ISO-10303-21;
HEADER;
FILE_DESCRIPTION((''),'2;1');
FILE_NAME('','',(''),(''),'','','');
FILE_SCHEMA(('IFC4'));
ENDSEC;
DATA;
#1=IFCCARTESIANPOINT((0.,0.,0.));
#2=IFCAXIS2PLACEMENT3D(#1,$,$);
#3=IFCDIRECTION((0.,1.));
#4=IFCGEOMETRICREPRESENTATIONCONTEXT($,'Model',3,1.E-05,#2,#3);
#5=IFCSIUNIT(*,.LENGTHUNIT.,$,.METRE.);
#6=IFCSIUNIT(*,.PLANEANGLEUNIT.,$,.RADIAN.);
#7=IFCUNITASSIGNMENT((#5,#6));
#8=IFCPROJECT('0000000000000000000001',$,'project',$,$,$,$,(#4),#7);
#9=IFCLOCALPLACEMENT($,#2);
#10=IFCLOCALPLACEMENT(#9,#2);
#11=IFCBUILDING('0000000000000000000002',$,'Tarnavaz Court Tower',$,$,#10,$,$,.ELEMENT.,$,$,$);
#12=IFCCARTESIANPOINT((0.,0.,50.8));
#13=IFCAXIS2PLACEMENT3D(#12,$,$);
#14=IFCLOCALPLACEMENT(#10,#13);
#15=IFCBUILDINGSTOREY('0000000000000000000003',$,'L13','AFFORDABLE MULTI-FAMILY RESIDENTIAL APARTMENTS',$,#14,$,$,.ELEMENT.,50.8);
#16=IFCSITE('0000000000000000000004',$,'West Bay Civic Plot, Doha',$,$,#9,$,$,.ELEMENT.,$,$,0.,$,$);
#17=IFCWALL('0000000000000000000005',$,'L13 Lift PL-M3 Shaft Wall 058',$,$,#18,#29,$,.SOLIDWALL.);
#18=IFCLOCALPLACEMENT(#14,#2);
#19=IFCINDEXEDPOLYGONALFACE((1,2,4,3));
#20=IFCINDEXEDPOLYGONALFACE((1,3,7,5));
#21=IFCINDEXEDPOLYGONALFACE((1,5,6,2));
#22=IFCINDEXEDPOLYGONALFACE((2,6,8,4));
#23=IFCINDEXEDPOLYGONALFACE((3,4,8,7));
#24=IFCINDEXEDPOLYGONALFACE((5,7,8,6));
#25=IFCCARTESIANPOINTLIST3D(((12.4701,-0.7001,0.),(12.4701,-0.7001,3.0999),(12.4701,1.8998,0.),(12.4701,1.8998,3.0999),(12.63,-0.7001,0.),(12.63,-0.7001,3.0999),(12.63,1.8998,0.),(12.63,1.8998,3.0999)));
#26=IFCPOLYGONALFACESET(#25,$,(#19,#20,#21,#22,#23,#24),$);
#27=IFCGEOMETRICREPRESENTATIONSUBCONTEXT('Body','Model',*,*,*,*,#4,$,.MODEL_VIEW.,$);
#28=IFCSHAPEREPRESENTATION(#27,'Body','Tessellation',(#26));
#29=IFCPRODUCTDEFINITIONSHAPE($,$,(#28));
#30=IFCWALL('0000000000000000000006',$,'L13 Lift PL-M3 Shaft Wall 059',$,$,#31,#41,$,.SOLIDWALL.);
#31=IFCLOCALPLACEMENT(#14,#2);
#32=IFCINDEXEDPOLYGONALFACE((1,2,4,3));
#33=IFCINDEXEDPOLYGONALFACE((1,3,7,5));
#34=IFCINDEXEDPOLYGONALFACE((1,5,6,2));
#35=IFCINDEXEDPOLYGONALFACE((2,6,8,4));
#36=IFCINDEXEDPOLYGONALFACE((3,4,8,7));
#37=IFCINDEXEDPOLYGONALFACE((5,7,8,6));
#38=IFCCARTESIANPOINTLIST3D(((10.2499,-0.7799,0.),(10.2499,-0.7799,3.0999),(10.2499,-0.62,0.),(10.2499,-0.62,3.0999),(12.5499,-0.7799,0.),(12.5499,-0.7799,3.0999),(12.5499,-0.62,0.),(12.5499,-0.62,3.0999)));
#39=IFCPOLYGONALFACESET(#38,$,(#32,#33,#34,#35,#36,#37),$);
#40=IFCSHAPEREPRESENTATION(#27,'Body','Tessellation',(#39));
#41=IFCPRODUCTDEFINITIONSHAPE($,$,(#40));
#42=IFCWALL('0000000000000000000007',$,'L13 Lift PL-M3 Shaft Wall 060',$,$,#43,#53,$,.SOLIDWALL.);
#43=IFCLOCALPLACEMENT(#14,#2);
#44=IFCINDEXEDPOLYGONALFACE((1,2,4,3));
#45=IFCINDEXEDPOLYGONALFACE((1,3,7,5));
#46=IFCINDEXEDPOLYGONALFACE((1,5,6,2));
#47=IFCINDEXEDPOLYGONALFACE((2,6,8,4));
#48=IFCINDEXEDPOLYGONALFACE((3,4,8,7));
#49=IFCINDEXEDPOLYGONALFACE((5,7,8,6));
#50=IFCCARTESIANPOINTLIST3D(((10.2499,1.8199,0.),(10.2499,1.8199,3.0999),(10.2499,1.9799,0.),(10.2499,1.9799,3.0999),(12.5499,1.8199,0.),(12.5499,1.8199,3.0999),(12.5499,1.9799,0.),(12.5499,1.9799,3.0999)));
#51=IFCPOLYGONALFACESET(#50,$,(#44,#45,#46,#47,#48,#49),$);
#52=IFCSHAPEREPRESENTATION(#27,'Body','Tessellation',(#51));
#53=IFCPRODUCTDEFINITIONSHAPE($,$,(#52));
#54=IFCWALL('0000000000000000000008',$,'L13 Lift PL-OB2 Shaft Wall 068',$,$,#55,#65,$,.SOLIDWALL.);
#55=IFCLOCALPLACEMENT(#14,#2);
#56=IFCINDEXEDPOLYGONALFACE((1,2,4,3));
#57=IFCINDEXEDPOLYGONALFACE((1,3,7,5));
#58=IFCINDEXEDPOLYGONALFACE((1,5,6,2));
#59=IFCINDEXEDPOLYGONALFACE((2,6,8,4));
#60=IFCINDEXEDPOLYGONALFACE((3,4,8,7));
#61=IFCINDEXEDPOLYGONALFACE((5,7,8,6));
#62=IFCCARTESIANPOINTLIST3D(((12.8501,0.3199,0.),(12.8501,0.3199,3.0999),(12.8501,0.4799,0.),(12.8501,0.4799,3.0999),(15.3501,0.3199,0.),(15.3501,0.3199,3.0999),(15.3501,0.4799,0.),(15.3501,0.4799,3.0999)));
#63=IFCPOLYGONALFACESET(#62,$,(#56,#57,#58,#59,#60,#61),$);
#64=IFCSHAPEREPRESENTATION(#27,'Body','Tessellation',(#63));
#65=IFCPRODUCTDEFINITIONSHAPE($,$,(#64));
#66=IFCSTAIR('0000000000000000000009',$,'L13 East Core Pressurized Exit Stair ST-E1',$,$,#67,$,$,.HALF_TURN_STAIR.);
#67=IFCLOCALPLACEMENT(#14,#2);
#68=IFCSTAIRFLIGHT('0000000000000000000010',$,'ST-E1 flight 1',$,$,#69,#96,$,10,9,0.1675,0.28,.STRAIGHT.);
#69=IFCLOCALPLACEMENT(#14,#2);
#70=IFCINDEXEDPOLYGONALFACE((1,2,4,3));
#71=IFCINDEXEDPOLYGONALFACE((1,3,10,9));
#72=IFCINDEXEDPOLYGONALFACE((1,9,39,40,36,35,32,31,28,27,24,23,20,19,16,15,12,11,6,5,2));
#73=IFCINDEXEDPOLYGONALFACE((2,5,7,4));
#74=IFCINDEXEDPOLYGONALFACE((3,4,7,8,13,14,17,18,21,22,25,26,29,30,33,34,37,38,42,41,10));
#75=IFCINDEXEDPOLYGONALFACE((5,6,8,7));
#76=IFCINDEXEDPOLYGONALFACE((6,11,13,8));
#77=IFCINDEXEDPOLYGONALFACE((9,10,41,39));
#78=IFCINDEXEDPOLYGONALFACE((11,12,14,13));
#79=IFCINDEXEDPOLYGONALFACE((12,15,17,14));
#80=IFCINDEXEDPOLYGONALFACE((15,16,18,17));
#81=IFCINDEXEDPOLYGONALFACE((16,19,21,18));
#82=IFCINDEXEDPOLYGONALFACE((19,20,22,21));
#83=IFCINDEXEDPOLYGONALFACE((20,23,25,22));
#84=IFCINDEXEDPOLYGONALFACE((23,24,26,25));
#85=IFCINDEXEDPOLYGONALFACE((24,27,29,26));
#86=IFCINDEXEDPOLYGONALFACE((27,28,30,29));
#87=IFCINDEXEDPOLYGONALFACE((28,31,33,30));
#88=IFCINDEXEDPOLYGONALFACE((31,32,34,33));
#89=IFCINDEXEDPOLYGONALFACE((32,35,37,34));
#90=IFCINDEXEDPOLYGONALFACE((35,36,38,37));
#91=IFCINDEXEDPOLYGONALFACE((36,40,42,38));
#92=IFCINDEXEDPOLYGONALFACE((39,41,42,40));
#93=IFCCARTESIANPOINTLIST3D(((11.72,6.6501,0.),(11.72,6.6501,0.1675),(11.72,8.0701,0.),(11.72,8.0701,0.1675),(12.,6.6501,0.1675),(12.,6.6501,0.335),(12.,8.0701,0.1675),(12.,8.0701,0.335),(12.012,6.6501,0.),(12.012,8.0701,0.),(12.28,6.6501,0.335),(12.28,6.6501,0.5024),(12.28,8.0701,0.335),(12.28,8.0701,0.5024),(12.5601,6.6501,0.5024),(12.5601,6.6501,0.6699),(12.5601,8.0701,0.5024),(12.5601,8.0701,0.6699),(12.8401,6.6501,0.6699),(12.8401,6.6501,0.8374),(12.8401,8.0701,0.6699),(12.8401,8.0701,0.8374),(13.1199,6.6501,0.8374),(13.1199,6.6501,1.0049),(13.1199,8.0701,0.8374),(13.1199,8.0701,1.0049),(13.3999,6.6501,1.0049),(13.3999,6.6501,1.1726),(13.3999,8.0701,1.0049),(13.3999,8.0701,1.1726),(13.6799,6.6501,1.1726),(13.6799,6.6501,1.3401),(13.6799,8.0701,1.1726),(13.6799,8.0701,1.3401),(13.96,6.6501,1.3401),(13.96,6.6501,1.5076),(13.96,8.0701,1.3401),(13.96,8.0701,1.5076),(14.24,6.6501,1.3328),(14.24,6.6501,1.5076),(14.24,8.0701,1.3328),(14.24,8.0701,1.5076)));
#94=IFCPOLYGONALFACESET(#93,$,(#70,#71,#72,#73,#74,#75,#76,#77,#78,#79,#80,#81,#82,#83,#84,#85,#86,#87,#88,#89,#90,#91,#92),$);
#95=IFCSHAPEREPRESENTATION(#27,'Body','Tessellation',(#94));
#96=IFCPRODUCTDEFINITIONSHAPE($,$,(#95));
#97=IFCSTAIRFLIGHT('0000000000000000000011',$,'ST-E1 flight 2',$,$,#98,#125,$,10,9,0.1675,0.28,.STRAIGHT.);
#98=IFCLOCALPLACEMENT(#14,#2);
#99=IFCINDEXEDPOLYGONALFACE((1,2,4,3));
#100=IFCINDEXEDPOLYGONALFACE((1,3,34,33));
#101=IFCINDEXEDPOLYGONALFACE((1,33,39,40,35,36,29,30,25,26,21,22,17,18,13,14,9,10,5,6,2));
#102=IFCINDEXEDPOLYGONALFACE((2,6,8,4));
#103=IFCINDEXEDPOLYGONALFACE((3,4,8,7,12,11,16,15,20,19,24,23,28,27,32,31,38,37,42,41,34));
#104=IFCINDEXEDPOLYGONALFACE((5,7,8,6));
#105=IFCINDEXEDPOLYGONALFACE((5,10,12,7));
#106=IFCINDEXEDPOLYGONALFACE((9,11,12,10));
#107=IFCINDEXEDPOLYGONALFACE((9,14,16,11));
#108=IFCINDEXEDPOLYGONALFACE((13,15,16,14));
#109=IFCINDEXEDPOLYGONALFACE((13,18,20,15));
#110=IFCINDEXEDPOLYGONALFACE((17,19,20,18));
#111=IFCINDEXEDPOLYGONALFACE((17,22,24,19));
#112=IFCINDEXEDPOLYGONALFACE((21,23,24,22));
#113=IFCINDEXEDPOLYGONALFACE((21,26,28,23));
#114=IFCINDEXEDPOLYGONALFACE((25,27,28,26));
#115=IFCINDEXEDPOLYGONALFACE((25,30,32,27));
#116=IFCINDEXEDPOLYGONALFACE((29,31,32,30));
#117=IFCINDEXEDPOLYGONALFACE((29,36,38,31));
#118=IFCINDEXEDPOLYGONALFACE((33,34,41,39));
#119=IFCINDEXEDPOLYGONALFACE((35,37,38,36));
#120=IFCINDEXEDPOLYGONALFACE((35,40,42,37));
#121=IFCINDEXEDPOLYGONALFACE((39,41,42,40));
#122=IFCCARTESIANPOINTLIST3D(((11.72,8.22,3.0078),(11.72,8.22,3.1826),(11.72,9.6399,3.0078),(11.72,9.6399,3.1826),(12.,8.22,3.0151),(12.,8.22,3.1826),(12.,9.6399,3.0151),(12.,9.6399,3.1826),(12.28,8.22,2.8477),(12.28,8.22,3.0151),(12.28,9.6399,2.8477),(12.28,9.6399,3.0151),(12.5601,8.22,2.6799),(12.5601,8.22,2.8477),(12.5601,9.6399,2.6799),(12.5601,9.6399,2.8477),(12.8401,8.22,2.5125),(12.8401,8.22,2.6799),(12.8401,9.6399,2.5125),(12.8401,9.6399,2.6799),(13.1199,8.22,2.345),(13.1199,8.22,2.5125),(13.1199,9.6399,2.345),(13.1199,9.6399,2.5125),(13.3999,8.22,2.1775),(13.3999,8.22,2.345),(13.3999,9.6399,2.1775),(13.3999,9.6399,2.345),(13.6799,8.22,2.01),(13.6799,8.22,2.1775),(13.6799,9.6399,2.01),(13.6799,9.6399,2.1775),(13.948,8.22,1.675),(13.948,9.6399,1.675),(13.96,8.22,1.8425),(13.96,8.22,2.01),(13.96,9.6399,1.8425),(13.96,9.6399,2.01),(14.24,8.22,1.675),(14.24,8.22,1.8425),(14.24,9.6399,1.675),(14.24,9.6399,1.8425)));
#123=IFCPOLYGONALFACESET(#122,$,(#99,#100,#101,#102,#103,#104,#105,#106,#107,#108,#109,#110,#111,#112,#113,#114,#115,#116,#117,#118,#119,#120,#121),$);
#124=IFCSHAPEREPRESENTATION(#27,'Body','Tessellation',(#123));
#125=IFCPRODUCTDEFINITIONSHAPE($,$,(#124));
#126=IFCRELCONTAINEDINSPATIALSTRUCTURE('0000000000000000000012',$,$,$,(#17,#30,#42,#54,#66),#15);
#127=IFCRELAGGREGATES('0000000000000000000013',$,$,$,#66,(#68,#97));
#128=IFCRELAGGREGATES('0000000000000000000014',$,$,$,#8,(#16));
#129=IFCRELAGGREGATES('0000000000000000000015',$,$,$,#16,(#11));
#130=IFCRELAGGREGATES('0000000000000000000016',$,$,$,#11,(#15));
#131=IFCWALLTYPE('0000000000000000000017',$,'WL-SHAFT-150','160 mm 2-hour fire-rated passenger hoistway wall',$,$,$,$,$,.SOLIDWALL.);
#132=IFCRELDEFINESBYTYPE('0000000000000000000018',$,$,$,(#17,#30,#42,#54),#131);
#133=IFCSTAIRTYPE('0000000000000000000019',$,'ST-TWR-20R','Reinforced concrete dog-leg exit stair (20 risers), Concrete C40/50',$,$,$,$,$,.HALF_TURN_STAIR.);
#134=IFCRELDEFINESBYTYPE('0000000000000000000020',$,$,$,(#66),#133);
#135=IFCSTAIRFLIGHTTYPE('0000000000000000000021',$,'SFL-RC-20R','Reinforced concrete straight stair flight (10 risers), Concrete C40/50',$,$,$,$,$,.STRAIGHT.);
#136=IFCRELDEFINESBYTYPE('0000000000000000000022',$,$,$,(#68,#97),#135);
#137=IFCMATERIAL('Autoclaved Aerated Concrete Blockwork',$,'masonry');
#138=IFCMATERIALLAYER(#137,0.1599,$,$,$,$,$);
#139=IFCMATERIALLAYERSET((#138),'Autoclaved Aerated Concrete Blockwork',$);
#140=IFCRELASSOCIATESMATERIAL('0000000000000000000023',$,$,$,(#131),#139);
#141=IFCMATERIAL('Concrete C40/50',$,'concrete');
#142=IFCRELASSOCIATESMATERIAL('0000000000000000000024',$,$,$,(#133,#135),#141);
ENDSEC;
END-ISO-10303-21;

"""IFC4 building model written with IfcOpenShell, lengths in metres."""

from ifc_helpers import new_model, si_unit, direction, frame, frame_2d, origin, place, context, subcontext, project, spatial, polyline, rectangle, outline, extrude, material, layer, layer_set, type_object, element, aggregate, save


model = new_model("IFC4")

# Units and contexts
model_context = context("Model", 3, precision=1e-05, world=origin(), true_north=direction((0.0, 1.0)))
body_context = subcontext(model_context, "Body", "Model", "MODEL_VIEW")
ifc_project = project(units=[si_unit("LENGTHUNIT", "METRE"), si_unit("PLANEANGLEUNIT", "RADIAN")], contexts=[model_context])

# Site, building, storey
site_placement = place(None, origin())
site = spatial("IfcSite", under=ifc_project, at=site_placement, Name="West Bay Civic Plot, Doha", CompositionType="ELEMENT", RefElevation=0.0)
building_placement = place(site_placement, origin())
building = spatial("IfcBuilding", under=site, at=building_placement, Name="Tarnavaz Court Tower", CompositionType="ELEMENT")
storey_placement = place(building_placement, frame((0.0, 0.0, 50.8)))
storey = spatial("IfcBuildingStorey", under=building, at=storey_placement, Name="L13", Description="AFFORDABLE MULTI-FAMILY RESIDENTIAL APARTMENTS", CompositionType="ELEMENT", Elevation=50.8)

# Shared definitions
ifc_material_1 = material(Name="Autoclaved Aerated Concrete Blockwork", Category="masonry")

# Walls
ifc_layer_1 = layer(ifc_material_1, 0.1599)
ifc_layer_set_1 = layer_set([ifc_layer_1], Name="Autoclaved Aerated Concrete Blockwork")
wall_type_1 = type_object("IfcWallType", Name="WL-SHAFT-150", Description="160 mm 2-hour fire-rated passenger hoistway wall", PredefinedType="SOLIDWALL", material=ifc_layer_set_1)
wall_1_placement = place(storey_placement, frame((12.55, -0.7, 0.0), z_axis=(0.0, 0.0, 1.0), x_axis=(0.0, 1.0, 0.0)))
element("IfcWall", 1, at=wall_1_placement, inside=storey, type_object=wall_type_1, Name="L13 Lift PL-M3 Shaft Wall 058", PredefinedType="SOLIDWALL", context=body_context, shape_type="SweptSolid", body=[
    extrude(rectangle(XDim=2.5999, YDim=0.1599, at=frame_2d((1.2998, 0.0))), origin(), (0.0, 0.0, 1.0), 3.0999),
])
for number, where, z_axis, x_axis, name in (
    (2, (10.25, -0.7, 0.0), (0.0, 0.0, 1.0), (1.0, 0.0, 0.0), "L13 Lift PL-M3 Shaft Wall 059"),
    (3, (10.25, 1.8999, 0.0), (0.0, 0.0, 1.0), (1.0, 0.0, 0.0), "L13 Lift PL-M3 Shaft Wall 060"),
):
    element("IfcWall", number, at=place(storey_placement, frame(where, z_axis=z_axis, x_axis=x_axis)), inside=storey, type_object=wall_type_1, Name=name, PredefinedType="SOLIDWALL", context=body_context, shape_type="SweptSolid", body=[
        extrude(rectangle(XDim=2.3, YDim=0.1599, at=frame_2d((1.1499, 0.0))), origin(), (0.0, 0.0, 1.0), 3.0999),
    ])
wall_2_placement = place(storey_placement, frame((12.8501, 0.3999, 0.0), z_axis=(0.0, 0.0, 1.0), x_axis=(1.0, 0.0, 0.0)))
element("IfcWall", 4, at=wall_2_placement, inside=storey, type_object=wall_type_1, Name="L13 Lift PL-OB2 Shaft Wall 068", PredefinedType="SOLIDWALL", context=body_context, shape_type="SweptSolid", body=[
    extrude(rectangle(XDim=2.5, YDim=0.1599, at=frame_2d((1.25, 0.0))), origin(), (0.0, 0.0, 1.0), 3.0999),
])

# Stair, stair flights
ifc_material_2 = material(Name="Concrete C40/50", Category="concrete")
stair_type = type_object("IfcStairType", Name="ST-TWR-20R", Description="Reinforced concrete dog-leg exit stair (20 risers), Concrete C40/50", PredefinedType="HALF_TURN_STAIR", material=ifc_material_2)
stair_placement = place(storey_placement, origin())
stair = element("IfcStair", 5, at=stair_placement, inside=storey, type_object=stair_type, Name="L13 East Core Pressurized Exit Stair ST-E1", PredefinedType="HALF_TURN_STAIR")
stair_flight_type = type_object("IfcStairFlightType", Name="SFL-RC-20R", Description="Reinforced concrete straight stair flight (10 risers), Concrete C40/50", PredefinedType="STRAIGHT", material=ifc_material_2)
stair_flight_1_placement = place(storey_placement, frame((11.72, 7.3601, 0.0), z_axis=(0.0, 0.0, 1.0), x_axis=(1.0, 0.0, 0.0)))
stair_flight_1 = element("IfcStairFlight", 6, at=stair_flight_1_placement, type_object=stair_flight_type, Name="ST-E1 flight 1", NumberOfRisers=10, NumberOfTreads=9, PredefinedType="STRAIGHT", RiserHeight=0.1675, TreadLength=0.28, context=body_context, shape_type="SweptSolid", body=[
    extrude(outline(polyline([(0.0, 0.0), (0.0, 0.1675), (0.28, 0.1675), (0.28, 0.335), (0.5601, 0.335), (0.5601, 0.5024), (0.8401, 0.5024), (0.8401, 0.6699), (1.1201, 0.6699), (1.1201, 0.8374), (1.3999, 0.8374), (1.3999, 1.0049), (1.6799, 1.0049), (1.6799, 1.1726), (1.96, 1.1726), (1.96, 1.3401), (2.24, 1.3401), (2.24, 1.5076), (2.52, 1.5076), (2.52, 1.675), (2.52, 1.3328), (0.292, 0.0), (0.0, 0.0)])), frame((0.0, 0.71, 0.0), z_axis=(0.0, -1.0, 0.0), x_axis=(1.0, 0.0, 0.0)), (0.0, 0.0, 1.0), 1.4199),
])
stair_flight_2_placement = place(storey_placement, frame((14.24, 8.9299, 1.675), z_axis=(0.0, 0.0, 1.0), x_axis=(-1.0, 0.0, 0.0)))
stair_flight_2 = element("IfcStairFlight", 7, at=stair_flight_2_placement, type_object=stair_flight_type, Name="ST-E1 flight 2", NumberOfRisers=10, NumberOfTreads=9, PredefinedType="STRAIGHT", RiserHeight=0.1675, TreadLength=0.28, context=body_context, shape_type="SweptSolid", body=[
    extrude(outline(polyline([(0.0, 0.0), (0.0, 0.1675), (0.28, 0.1675), (0.28, 0.335), (0.5601, 0.335), (0.5601, 0.5024), (0.8401, 0.5024), (0.8401, 0.6699), (1.1201, 0.6699), (1.1201, 0.8374), (1.3999, 0.8374), (1.3999, 1.0049), (1.6799, 1.0049), (1.6799, 1.1726), (1.96, 1.1726), (1.96, 1.3401), (2.24, 1.3401), (2.24, 1.5076), (2.52, 1.5076), (2.52, 1.675), (2.52, 1.3328), (0.292, 0.0), (0.0, 0.0)])), frame((0.0, 0.71, 0.0), z_axis=(0.0, -1.0, 0.0), x_axis=(1.0, 0.0, 0.0)), (0.0, 0.0, 1.0), 1.4199),
])
aggregate(stair, [stair_flight_1, stair_flight_2])

save(model, "model.ifc")
